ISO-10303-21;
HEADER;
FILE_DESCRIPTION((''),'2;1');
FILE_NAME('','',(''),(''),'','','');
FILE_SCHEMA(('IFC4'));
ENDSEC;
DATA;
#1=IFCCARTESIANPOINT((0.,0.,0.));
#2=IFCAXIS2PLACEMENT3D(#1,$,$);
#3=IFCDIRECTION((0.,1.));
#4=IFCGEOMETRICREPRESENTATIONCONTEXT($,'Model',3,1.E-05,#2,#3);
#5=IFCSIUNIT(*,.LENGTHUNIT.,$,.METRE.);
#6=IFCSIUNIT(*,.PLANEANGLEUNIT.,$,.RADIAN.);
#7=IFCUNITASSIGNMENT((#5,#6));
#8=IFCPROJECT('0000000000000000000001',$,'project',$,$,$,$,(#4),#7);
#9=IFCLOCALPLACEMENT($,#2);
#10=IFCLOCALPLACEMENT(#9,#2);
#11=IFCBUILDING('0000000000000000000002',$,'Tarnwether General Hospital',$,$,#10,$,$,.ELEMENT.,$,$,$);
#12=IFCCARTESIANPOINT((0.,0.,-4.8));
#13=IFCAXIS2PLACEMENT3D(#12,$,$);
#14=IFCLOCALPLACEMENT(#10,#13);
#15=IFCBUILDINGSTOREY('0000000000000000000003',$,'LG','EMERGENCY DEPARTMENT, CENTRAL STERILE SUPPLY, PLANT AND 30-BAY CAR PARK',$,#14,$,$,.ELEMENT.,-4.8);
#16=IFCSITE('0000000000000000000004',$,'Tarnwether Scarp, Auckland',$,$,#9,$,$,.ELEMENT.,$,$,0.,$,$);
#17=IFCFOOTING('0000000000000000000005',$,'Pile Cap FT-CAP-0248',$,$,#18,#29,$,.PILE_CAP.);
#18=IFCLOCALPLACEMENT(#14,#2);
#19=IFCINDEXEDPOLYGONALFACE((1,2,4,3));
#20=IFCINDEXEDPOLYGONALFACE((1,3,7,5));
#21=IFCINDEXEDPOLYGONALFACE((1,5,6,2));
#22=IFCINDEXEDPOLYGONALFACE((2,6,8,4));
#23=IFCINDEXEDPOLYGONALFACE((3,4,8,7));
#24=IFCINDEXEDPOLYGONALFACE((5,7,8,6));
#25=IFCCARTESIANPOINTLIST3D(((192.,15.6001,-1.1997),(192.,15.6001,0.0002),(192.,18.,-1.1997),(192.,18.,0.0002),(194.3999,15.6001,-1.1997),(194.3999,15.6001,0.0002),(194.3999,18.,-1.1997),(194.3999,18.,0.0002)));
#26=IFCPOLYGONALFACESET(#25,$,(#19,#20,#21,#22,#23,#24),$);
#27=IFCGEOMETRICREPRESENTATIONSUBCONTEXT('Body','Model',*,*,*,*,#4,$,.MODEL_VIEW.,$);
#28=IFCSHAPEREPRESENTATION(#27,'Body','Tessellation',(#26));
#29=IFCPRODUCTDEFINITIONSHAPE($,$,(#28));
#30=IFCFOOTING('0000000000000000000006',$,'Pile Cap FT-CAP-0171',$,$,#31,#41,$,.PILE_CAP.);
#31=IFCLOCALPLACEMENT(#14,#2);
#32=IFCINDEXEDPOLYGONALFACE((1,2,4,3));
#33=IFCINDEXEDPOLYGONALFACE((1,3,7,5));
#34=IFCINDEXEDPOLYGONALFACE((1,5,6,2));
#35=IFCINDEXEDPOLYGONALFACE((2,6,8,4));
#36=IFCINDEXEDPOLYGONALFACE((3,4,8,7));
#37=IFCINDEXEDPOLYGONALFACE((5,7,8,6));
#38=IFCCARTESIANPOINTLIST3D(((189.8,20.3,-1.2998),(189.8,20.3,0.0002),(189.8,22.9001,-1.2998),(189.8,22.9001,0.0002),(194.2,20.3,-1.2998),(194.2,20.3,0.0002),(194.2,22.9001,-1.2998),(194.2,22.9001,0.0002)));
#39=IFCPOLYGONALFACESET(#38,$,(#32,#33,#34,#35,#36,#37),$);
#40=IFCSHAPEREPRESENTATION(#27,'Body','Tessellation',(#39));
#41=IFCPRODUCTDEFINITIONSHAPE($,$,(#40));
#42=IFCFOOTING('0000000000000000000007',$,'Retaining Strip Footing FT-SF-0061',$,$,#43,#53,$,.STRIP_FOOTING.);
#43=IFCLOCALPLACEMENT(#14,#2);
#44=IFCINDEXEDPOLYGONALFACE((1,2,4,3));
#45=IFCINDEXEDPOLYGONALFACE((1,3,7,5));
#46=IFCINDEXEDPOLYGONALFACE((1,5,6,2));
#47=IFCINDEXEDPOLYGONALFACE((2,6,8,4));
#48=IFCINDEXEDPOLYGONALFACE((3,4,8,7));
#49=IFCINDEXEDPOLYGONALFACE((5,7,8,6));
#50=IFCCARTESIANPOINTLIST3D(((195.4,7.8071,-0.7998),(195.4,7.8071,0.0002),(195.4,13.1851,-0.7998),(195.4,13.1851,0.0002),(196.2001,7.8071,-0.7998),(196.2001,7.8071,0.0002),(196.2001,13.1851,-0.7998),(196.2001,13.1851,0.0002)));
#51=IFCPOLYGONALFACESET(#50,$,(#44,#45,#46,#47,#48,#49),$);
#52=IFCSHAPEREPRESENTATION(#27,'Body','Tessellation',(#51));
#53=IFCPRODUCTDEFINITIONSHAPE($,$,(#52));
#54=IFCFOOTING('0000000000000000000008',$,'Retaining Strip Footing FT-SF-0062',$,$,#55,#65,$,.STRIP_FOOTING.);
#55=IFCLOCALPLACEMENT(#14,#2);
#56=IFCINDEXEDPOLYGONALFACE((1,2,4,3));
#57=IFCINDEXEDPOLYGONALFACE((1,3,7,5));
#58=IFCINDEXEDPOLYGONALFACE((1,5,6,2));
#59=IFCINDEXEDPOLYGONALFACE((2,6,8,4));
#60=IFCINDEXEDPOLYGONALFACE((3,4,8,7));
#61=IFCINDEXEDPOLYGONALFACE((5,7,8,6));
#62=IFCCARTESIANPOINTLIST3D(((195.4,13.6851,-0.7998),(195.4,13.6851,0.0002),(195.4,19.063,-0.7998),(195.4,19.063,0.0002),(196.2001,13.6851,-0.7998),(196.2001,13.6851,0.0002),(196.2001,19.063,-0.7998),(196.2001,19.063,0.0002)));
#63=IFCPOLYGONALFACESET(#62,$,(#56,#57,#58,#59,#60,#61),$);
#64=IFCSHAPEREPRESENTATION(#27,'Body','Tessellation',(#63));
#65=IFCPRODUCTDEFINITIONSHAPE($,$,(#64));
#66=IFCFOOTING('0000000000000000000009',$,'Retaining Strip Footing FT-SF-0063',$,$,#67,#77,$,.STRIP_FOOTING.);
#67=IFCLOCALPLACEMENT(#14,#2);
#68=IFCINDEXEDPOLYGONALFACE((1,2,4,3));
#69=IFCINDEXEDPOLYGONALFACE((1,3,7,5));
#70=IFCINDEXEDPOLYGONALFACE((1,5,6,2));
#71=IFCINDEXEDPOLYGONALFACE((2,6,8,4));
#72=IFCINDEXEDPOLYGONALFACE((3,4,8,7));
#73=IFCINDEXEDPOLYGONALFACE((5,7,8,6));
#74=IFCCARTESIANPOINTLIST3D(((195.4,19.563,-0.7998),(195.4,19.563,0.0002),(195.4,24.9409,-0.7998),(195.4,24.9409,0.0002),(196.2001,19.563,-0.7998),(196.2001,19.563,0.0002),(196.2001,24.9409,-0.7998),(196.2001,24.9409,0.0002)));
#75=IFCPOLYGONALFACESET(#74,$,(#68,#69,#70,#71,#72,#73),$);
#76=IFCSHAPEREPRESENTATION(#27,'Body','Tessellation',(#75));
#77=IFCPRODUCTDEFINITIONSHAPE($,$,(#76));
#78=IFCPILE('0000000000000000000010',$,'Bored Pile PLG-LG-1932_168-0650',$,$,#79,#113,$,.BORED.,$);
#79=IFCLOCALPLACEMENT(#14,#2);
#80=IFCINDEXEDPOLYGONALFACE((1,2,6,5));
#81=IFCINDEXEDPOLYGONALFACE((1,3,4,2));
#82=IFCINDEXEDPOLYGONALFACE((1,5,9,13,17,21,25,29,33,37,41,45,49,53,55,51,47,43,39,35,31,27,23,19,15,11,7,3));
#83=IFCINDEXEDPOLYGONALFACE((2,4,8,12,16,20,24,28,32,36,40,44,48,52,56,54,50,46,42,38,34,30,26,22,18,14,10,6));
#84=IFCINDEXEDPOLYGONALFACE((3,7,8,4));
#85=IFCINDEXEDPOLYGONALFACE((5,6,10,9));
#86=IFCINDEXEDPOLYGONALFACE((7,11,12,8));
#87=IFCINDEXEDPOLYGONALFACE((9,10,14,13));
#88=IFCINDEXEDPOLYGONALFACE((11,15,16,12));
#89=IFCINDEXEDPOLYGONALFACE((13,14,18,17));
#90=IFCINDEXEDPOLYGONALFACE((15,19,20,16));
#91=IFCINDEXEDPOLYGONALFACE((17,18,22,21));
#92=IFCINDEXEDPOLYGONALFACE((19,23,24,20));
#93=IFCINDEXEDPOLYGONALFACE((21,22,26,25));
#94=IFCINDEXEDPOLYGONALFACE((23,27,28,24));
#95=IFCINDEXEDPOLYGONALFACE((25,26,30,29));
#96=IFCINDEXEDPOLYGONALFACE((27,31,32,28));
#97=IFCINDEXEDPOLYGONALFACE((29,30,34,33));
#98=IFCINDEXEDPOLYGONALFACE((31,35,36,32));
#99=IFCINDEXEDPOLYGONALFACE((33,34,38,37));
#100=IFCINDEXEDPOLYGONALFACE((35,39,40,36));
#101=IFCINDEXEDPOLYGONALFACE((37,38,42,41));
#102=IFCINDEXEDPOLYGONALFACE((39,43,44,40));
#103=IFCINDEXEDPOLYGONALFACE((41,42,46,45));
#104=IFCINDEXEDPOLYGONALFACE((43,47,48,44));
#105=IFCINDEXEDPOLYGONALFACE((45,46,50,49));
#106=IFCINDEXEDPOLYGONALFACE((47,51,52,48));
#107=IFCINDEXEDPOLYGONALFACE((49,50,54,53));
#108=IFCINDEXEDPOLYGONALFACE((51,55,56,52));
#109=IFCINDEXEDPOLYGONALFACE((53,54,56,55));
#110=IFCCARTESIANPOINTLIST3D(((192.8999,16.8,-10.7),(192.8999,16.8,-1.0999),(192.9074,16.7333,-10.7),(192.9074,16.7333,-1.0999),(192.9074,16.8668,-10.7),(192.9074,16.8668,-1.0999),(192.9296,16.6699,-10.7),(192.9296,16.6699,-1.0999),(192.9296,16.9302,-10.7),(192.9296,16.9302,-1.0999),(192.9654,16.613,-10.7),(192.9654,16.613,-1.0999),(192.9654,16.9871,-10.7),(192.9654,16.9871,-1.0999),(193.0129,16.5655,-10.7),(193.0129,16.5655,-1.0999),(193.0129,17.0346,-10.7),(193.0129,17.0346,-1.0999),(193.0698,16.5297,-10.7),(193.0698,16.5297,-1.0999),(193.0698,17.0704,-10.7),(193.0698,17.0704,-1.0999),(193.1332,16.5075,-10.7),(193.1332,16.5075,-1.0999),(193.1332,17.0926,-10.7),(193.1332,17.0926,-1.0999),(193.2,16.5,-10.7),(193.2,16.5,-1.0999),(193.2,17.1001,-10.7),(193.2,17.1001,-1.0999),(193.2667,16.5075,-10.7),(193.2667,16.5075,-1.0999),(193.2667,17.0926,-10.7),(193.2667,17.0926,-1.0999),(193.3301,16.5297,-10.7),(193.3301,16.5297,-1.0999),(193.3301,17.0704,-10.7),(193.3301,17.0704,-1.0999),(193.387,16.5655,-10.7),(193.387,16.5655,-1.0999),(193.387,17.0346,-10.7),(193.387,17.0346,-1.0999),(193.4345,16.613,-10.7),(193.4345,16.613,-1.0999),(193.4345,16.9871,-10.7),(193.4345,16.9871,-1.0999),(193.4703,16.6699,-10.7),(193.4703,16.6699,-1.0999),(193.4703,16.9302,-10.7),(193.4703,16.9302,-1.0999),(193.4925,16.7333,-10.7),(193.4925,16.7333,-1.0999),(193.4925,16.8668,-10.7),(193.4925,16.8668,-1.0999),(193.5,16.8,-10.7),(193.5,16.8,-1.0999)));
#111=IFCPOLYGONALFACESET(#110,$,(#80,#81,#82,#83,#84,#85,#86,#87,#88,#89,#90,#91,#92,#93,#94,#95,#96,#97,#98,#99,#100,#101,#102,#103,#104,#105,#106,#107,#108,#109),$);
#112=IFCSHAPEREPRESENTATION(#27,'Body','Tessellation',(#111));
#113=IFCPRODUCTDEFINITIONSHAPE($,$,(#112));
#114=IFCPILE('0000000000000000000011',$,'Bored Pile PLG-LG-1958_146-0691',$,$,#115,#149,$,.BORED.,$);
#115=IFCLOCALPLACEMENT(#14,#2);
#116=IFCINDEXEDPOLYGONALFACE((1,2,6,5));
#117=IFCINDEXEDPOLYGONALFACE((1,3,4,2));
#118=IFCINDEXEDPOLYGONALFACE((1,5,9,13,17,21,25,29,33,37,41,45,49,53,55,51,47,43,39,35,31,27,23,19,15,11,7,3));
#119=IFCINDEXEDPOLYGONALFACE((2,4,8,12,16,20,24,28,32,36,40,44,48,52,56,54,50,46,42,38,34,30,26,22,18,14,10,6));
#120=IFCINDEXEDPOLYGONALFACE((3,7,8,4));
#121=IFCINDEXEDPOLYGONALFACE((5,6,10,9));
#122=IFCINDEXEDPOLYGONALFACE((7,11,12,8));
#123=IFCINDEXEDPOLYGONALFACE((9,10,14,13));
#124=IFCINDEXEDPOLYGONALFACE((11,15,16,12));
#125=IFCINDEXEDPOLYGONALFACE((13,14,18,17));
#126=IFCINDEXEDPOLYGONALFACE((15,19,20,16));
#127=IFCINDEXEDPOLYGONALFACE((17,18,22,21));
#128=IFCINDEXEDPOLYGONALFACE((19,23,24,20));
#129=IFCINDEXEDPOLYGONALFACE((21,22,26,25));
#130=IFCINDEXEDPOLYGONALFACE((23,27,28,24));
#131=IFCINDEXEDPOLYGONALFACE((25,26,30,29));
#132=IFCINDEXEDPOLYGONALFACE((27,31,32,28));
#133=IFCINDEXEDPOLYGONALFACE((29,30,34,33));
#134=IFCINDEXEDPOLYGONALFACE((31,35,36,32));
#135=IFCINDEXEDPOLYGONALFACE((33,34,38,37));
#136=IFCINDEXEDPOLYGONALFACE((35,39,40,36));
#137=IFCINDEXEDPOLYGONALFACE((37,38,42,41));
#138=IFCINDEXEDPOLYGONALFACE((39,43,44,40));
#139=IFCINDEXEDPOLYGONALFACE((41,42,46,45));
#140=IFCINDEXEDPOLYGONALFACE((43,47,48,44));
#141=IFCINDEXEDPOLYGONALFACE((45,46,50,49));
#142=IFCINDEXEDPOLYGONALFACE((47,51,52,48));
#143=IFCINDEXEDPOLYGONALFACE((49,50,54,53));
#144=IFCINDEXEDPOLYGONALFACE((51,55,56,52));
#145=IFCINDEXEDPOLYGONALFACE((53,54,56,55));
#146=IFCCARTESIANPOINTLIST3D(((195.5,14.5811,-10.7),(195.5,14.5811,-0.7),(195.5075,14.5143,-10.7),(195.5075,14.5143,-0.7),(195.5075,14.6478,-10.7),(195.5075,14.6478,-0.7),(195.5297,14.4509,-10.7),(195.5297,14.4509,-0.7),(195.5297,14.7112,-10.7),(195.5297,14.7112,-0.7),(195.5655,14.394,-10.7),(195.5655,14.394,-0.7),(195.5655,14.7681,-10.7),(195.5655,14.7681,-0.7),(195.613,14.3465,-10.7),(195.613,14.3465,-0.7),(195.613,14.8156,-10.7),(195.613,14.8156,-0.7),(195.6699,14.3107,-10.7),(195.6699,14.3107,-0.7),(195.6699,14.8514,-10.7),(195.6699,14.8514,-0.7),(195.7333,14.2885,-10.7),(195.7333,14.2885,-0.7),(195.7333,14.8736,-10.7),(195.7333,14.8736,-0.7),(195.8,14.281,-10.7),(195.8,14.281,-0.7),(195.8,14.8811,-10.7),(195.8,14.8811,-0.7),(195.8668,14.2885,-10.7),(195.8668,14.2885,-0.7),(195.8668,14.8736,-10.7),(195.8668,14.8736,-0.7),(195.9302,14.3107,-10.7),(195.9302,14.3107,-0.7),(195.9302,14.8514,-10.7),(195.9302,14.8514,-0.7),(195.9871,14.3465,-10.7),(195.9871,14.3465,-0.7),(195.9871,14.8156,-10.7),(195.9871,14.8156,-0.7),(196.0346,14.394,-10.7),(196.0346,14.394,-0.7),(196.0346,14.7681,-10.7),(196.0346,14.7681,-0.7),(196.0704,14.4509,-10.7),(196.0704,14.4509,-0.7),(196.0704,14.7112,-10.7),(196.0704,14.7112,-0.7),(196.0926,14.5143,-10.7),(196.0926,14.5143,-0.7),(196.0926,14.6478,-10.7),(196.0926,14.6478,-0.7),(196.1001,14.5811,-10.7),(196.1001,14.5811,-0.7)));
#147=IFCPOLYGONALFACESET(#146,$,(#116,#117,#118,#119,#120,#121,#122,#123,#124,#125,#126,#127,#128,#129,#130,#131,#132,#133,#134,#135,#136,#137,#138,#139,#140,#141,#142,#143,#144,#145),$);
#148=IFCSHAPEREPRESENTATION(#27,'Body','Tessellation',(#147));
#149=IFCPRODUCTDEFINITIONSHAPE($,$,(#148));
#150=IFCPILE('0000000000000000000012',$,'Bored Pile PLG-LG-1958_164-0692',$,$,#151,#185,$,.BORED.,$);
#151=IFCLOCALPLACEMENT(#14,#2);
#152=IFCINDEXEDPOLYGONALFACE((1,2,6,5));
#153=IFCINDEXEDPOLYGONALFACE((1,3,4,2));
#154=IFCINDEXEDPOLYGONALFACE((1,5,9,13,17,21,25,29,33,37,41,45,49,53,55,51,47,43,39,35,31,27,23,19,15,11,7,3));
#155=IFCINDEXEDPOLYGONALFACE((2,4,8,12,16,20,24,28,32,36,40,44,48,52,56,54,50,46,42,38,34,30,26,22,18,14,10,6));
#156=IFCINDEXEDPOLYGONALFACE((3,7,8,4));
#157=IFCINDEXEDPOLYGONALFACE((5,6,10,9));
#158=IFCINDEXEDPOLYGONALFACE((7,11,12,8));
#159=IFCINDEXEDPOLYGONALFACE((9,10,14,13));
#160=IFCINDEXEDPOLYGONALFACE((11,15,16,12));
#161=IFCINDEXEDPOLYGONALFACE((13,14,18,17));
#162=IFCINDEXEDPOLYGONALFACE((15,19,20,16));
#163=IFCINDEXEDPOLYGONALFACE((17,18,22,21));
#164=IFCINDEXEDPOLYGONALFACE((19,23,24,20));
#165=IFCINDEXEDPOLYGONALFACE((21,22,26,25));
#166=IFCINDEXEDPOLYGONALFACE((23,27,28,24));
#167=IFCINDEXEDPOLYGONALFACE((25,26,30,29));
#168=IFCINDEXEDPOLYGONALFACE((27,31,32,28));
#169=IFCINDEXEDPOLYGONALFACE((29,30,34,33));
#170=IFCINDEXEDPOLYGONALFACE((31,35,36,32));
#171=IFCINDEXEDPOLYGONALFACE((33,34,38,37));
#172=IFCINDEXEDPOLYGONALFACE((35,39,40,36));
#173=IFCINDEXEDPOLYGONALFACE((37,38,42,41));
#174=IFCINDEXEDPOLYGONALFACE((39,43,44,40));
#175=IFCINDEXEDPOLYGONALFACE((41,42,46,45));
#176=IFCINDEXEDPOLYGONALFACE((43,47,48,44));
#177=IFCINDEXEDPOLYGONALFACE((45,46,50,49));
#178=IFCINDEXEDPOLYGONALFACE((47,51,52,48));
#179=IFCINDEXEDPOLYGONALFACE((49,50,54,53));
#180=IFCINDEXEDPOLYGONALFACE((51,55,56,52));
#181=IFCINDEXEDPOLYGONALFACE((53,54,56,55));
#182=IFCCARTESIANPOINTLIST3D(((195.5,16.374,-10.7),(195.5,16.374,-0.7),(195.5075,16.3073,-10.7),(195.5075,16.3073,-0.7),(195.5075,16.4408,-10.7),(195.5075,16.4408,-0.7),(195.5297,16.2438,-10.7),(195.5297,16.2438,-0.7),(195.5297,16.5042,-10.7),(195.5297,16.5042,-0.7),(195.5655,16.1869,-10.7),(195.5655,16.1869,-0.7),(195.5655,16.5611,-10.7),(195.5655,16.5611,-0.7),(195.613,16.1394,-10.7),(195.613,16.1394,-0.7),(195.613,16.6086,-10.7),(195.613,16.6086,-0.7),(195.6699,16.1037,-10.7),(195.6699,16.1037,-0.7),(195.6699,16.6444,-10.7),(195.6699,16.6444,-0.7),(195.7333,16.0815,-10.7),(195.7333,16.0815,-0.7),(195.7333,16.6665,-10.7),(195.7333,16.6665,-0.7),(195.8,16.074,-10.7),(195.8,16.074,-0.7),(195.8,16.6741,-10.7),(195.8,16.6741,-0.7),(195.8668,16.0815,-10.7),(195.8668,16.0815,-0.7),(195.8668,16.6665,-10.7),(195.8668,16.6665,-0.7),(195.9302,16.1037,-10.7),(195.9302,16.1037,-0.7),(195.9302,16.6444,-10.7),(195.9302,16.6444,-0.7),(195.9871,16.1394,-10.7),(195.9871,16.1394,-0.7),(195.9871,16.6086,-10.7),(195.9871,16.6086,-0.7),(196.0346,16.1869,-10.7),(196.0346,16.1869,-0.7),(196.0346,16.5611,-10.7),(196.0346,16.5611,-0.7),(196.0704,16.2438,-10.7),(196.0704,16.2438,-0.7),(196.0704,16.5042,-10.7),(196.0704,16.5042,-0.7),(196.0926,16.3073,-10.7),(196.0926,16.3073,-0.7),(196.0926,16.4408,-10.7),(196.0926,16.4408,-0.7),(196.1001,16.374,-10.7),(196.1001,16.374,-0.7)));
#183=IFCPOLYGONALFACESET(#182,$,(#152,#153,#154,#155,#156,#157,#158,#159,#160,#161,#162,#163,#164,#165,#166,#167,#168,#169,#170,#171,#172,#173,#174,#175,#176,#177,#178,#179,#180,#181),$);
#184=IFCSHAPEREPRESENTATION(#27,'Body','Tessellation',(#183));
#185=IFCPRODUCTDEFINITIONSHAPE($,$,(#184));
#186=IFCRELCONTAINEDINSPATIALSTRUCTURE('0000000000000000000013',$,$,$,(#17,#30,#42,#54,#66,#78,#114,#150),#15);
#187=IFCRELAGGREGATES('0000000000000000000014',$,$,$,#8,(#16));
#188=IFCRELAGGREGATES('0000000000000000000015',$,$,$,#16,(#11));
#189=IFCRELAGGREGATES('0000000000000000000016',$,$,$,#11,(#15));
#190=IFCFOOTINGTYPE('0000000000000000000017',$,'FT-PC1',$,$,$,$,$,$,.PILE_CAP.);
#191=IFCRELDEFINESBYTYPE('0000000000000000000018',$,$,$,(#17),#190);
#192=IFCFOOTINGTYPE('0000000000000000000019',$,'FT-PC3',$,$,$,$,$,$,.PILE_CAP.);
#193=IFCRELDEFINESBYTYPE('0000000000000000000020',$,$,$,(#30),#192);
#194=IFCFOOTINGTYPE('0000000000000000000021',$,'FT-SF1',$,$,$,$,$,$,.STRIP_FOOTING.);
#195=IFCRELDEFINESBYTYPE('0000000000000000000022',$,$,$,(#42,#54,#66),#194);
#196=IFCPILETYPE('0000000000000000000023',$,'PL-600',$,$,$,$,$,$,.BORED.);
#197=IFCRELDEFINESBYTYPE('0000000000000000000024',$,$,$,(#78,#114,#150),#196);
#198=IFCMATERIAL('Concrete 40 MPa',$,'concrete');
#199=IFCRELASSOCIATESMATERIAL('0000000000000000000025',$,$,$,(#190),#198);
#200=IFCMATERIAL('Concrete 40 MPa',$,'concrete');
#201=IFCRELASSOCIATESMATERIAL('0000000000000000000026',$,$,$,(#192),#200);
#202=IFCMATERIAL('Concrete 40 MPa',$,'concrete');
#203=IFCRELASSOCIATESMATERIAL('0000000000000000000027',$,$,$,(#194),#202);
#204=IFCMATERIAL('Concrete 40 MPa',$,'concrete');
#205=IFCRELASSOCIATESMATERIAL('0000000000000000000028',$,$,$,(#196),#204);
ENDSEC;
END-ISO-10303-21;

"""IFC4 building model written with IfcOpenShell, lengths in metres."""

from ifc_helpers import new_model, si_unit, direction, frame, origin, origin_2d, place, context, subcontext, project, spatial, rectangle, circle, extrude, material, material_profile, profile_set, type_object, element, save


model = new_model("IFC4")

# Units and contexts
model_context = context("Model", 3, precision=1e-05, world=origin(), true_north=direction((0.0, 1.0)))
body_context = subcontext(model_context, "Body", "Model", "MODEL_VIEW")
ifc_project = project(units=[si_unit("LENGTHUNIT", "METRE"), si_unit("PLANEANGLEUNIT", "RADIAN")], contexts=[model_context])

# Site, building, storey
site_placement = place(None, origin())
site = spatial("IfcSite", under=ifc_project, at=site_placement, Name="Tarnwether Scarp, Auckland", CompositionType="ELEMENT", RefElevation=0.0)
building_placement = place(site_placement, origin())
building = spatial("IfcBuilding", under=site, at=building_placement, Name="Tarnwether General Hospital", CompositionType="ELEMENT")
storey_placement = place(building_placement, frame((0.0, 0.0, -4.8)))
storey = spatial("IfcBuildingStorey", under=building, at=storey_placement, Name="LG", Description="EMERGENCY DEPARTMENT, CENTRAL STERILE SUPPLY, PLANT AND 30-BAY CAR PARK", CompositionType="ELEMENT", Elevation=-4.8)

# Footings
ifc_material_1 = material(Name="Concrete 40 MPa", Category="concrete")
footing_type_1 = type_object("IfcFootingType", Name="FT-PC1", PredefinedType="PILE_CAP", material=ifc_material_1)
footing_1_placement = place(storey_placement, frame((193.2, 16.8, -1.1997), z_axis=(0.0, 0.0, 1.0), x_axis=(1.0, 0.0, 0.0)))
element("IfcFooting", 1, at=footing_1_placement, inside=storey, type_object=footing_type_1, Name="Pile Cap FT-CAP-0248", PredefinedType="PILE_CAP", context=body_context, shape_type="SweptSolid", body=[
    extrude(rectangle(XDim=2.3999, YDim=2.3999, at=origin_2d()), origin(), (0.0, 0.0, 1.0), 1.2),
])
ifc_material_2 = material(Name="Concrete 40 MPa", Category="concrete")
footing_type_2 = type_object("IfcFootingType", Name="FT-PC3", PredefinedType="PILE_CAP", material=ifc_material_2)
footing_2_placement = place(storey_placement, frame((192.0, 21.6001, -1.2998), z_axis=(0.0, 0.0, 1.0), x_axis=(1.0, 0.0, 0.0)))
element("IfcFooting", 2, at=footing_2_placement, inside=storey, type_object=footing_type_2, Name="Pile Cap FT-CAP-0171", PredefinedType="PILE_CAP", context=body_context, shape_type="SweptSolid", body=[
    extrude(rectangle(XDim=4.3999, YDim=2.6001, at=origin_2d()), origin(), (0.0, 0.0, 1.0), 1.3),
])
ifc_material_3 = material(Name="Concrete 40 MPa", Category="concrete")
footing_type_3 = type_object("IfcFootingType", Name="FT-SF1", PredefinedType="STRIP_FOOTING", material=ifc_material_3)
for number, where, z_axis, x_axis, name in (
    (3, (195.8, 10.4961, -0.7998), (0.0, 0.0, 1.0), (0.0, 1.0, 0.0), "Retaining Strip Footing FT-SF-0061"),
    (4, (195.8, 16.374, -0.7998), (0.0, 0.0, 1.0), (0.0, 1.0, 0.0), "Retaining Strip Footing FT-SF-0062"),
    (5, (195.8, 22.252, -0.7998), (0.0, 0.0, 1.0), (0.0, 1.0, 0.0), "Retaining Strip Footing FT-SF-0063"),
):
    element("IfcFooting", number, at=place(storey_placement, frame(where, z_axis=z_axis, x_axis=x_axis)), inside=storey, type_object=footing_type_3, Name=name, PredefinedType="STRIP_FOOTING", context=body_context, shape_type="SweptSolid", body=[
        extrude(rectangle(XDim=5.3779, YDim=0.8, at=origin_2d()), origin(), (0.0, 0.0, 1.0), 0.8),
    ])

# Piles
ifc_material_4 = material(Name="Concrete 40 MPa", Category="concrete")
ifc_material_profile_1 = material_profile(ifc_material_4, circle(Radius=0.3, at=origin_2d()), Name="PILE-D600")
ifc_profile_set_1 = profile_set([ifc_material_profile_1], Name="Concrete 40 MPa")
pile_type_1 = type_object("IfcPileType", Name="PL-600", PredefinedType="BORED", material=ifc_profile_set_1)
pile_1_placement = place(storey_placement, frame((193.2, 16.8, -1.0999), z_axis=(0.0, 0.0, -1.0), x_axis=(1.0, 0.0, 0.0)))
element("IfcPile", 6, at=pile_1_placement, inside=storey, type_object=pile_type_1, Name="Bored Pile PLG-LG-1932_168-0650", PredefinedType="BORED", context=body_context, shape_type="SweptSolid", body=[
    extrude(circle(Radius=0.3, at=origin_2d()), origin(), (0.0, 0.0, 1.0), 9.6001),
])
for number, where, z_axis, x_axis, name in (
    (7, (195.8, 14.5811, -0.7), (0.0, 0.0, -1.0), (1.0, 0.0, 0.0), "Bored Pile PLG-LG-1958_146-0691"),
    (8, (195.8, 16.374, -0.7), (0.0, 0.0, -1.0), (1.0, 0.0, 0.0), "Bored Pile PLG-LG-1958_164-0692"),
):
    element("IfcPile", number, at=place(storey_placement, frame(where, z_axis=z_axis, x_axis=x_axis)), inside=storey, type_object=pile_type_1, Name=name, PredefinedType="BORED", context=body_context, shape_type="SweptSolid", body=[
        extrude(circle(Radius=0.3, at=origin_2d()), origin(), (0.0, 0.0, 1.0), 10.0),
    ])

save(model, "model.ifc")
